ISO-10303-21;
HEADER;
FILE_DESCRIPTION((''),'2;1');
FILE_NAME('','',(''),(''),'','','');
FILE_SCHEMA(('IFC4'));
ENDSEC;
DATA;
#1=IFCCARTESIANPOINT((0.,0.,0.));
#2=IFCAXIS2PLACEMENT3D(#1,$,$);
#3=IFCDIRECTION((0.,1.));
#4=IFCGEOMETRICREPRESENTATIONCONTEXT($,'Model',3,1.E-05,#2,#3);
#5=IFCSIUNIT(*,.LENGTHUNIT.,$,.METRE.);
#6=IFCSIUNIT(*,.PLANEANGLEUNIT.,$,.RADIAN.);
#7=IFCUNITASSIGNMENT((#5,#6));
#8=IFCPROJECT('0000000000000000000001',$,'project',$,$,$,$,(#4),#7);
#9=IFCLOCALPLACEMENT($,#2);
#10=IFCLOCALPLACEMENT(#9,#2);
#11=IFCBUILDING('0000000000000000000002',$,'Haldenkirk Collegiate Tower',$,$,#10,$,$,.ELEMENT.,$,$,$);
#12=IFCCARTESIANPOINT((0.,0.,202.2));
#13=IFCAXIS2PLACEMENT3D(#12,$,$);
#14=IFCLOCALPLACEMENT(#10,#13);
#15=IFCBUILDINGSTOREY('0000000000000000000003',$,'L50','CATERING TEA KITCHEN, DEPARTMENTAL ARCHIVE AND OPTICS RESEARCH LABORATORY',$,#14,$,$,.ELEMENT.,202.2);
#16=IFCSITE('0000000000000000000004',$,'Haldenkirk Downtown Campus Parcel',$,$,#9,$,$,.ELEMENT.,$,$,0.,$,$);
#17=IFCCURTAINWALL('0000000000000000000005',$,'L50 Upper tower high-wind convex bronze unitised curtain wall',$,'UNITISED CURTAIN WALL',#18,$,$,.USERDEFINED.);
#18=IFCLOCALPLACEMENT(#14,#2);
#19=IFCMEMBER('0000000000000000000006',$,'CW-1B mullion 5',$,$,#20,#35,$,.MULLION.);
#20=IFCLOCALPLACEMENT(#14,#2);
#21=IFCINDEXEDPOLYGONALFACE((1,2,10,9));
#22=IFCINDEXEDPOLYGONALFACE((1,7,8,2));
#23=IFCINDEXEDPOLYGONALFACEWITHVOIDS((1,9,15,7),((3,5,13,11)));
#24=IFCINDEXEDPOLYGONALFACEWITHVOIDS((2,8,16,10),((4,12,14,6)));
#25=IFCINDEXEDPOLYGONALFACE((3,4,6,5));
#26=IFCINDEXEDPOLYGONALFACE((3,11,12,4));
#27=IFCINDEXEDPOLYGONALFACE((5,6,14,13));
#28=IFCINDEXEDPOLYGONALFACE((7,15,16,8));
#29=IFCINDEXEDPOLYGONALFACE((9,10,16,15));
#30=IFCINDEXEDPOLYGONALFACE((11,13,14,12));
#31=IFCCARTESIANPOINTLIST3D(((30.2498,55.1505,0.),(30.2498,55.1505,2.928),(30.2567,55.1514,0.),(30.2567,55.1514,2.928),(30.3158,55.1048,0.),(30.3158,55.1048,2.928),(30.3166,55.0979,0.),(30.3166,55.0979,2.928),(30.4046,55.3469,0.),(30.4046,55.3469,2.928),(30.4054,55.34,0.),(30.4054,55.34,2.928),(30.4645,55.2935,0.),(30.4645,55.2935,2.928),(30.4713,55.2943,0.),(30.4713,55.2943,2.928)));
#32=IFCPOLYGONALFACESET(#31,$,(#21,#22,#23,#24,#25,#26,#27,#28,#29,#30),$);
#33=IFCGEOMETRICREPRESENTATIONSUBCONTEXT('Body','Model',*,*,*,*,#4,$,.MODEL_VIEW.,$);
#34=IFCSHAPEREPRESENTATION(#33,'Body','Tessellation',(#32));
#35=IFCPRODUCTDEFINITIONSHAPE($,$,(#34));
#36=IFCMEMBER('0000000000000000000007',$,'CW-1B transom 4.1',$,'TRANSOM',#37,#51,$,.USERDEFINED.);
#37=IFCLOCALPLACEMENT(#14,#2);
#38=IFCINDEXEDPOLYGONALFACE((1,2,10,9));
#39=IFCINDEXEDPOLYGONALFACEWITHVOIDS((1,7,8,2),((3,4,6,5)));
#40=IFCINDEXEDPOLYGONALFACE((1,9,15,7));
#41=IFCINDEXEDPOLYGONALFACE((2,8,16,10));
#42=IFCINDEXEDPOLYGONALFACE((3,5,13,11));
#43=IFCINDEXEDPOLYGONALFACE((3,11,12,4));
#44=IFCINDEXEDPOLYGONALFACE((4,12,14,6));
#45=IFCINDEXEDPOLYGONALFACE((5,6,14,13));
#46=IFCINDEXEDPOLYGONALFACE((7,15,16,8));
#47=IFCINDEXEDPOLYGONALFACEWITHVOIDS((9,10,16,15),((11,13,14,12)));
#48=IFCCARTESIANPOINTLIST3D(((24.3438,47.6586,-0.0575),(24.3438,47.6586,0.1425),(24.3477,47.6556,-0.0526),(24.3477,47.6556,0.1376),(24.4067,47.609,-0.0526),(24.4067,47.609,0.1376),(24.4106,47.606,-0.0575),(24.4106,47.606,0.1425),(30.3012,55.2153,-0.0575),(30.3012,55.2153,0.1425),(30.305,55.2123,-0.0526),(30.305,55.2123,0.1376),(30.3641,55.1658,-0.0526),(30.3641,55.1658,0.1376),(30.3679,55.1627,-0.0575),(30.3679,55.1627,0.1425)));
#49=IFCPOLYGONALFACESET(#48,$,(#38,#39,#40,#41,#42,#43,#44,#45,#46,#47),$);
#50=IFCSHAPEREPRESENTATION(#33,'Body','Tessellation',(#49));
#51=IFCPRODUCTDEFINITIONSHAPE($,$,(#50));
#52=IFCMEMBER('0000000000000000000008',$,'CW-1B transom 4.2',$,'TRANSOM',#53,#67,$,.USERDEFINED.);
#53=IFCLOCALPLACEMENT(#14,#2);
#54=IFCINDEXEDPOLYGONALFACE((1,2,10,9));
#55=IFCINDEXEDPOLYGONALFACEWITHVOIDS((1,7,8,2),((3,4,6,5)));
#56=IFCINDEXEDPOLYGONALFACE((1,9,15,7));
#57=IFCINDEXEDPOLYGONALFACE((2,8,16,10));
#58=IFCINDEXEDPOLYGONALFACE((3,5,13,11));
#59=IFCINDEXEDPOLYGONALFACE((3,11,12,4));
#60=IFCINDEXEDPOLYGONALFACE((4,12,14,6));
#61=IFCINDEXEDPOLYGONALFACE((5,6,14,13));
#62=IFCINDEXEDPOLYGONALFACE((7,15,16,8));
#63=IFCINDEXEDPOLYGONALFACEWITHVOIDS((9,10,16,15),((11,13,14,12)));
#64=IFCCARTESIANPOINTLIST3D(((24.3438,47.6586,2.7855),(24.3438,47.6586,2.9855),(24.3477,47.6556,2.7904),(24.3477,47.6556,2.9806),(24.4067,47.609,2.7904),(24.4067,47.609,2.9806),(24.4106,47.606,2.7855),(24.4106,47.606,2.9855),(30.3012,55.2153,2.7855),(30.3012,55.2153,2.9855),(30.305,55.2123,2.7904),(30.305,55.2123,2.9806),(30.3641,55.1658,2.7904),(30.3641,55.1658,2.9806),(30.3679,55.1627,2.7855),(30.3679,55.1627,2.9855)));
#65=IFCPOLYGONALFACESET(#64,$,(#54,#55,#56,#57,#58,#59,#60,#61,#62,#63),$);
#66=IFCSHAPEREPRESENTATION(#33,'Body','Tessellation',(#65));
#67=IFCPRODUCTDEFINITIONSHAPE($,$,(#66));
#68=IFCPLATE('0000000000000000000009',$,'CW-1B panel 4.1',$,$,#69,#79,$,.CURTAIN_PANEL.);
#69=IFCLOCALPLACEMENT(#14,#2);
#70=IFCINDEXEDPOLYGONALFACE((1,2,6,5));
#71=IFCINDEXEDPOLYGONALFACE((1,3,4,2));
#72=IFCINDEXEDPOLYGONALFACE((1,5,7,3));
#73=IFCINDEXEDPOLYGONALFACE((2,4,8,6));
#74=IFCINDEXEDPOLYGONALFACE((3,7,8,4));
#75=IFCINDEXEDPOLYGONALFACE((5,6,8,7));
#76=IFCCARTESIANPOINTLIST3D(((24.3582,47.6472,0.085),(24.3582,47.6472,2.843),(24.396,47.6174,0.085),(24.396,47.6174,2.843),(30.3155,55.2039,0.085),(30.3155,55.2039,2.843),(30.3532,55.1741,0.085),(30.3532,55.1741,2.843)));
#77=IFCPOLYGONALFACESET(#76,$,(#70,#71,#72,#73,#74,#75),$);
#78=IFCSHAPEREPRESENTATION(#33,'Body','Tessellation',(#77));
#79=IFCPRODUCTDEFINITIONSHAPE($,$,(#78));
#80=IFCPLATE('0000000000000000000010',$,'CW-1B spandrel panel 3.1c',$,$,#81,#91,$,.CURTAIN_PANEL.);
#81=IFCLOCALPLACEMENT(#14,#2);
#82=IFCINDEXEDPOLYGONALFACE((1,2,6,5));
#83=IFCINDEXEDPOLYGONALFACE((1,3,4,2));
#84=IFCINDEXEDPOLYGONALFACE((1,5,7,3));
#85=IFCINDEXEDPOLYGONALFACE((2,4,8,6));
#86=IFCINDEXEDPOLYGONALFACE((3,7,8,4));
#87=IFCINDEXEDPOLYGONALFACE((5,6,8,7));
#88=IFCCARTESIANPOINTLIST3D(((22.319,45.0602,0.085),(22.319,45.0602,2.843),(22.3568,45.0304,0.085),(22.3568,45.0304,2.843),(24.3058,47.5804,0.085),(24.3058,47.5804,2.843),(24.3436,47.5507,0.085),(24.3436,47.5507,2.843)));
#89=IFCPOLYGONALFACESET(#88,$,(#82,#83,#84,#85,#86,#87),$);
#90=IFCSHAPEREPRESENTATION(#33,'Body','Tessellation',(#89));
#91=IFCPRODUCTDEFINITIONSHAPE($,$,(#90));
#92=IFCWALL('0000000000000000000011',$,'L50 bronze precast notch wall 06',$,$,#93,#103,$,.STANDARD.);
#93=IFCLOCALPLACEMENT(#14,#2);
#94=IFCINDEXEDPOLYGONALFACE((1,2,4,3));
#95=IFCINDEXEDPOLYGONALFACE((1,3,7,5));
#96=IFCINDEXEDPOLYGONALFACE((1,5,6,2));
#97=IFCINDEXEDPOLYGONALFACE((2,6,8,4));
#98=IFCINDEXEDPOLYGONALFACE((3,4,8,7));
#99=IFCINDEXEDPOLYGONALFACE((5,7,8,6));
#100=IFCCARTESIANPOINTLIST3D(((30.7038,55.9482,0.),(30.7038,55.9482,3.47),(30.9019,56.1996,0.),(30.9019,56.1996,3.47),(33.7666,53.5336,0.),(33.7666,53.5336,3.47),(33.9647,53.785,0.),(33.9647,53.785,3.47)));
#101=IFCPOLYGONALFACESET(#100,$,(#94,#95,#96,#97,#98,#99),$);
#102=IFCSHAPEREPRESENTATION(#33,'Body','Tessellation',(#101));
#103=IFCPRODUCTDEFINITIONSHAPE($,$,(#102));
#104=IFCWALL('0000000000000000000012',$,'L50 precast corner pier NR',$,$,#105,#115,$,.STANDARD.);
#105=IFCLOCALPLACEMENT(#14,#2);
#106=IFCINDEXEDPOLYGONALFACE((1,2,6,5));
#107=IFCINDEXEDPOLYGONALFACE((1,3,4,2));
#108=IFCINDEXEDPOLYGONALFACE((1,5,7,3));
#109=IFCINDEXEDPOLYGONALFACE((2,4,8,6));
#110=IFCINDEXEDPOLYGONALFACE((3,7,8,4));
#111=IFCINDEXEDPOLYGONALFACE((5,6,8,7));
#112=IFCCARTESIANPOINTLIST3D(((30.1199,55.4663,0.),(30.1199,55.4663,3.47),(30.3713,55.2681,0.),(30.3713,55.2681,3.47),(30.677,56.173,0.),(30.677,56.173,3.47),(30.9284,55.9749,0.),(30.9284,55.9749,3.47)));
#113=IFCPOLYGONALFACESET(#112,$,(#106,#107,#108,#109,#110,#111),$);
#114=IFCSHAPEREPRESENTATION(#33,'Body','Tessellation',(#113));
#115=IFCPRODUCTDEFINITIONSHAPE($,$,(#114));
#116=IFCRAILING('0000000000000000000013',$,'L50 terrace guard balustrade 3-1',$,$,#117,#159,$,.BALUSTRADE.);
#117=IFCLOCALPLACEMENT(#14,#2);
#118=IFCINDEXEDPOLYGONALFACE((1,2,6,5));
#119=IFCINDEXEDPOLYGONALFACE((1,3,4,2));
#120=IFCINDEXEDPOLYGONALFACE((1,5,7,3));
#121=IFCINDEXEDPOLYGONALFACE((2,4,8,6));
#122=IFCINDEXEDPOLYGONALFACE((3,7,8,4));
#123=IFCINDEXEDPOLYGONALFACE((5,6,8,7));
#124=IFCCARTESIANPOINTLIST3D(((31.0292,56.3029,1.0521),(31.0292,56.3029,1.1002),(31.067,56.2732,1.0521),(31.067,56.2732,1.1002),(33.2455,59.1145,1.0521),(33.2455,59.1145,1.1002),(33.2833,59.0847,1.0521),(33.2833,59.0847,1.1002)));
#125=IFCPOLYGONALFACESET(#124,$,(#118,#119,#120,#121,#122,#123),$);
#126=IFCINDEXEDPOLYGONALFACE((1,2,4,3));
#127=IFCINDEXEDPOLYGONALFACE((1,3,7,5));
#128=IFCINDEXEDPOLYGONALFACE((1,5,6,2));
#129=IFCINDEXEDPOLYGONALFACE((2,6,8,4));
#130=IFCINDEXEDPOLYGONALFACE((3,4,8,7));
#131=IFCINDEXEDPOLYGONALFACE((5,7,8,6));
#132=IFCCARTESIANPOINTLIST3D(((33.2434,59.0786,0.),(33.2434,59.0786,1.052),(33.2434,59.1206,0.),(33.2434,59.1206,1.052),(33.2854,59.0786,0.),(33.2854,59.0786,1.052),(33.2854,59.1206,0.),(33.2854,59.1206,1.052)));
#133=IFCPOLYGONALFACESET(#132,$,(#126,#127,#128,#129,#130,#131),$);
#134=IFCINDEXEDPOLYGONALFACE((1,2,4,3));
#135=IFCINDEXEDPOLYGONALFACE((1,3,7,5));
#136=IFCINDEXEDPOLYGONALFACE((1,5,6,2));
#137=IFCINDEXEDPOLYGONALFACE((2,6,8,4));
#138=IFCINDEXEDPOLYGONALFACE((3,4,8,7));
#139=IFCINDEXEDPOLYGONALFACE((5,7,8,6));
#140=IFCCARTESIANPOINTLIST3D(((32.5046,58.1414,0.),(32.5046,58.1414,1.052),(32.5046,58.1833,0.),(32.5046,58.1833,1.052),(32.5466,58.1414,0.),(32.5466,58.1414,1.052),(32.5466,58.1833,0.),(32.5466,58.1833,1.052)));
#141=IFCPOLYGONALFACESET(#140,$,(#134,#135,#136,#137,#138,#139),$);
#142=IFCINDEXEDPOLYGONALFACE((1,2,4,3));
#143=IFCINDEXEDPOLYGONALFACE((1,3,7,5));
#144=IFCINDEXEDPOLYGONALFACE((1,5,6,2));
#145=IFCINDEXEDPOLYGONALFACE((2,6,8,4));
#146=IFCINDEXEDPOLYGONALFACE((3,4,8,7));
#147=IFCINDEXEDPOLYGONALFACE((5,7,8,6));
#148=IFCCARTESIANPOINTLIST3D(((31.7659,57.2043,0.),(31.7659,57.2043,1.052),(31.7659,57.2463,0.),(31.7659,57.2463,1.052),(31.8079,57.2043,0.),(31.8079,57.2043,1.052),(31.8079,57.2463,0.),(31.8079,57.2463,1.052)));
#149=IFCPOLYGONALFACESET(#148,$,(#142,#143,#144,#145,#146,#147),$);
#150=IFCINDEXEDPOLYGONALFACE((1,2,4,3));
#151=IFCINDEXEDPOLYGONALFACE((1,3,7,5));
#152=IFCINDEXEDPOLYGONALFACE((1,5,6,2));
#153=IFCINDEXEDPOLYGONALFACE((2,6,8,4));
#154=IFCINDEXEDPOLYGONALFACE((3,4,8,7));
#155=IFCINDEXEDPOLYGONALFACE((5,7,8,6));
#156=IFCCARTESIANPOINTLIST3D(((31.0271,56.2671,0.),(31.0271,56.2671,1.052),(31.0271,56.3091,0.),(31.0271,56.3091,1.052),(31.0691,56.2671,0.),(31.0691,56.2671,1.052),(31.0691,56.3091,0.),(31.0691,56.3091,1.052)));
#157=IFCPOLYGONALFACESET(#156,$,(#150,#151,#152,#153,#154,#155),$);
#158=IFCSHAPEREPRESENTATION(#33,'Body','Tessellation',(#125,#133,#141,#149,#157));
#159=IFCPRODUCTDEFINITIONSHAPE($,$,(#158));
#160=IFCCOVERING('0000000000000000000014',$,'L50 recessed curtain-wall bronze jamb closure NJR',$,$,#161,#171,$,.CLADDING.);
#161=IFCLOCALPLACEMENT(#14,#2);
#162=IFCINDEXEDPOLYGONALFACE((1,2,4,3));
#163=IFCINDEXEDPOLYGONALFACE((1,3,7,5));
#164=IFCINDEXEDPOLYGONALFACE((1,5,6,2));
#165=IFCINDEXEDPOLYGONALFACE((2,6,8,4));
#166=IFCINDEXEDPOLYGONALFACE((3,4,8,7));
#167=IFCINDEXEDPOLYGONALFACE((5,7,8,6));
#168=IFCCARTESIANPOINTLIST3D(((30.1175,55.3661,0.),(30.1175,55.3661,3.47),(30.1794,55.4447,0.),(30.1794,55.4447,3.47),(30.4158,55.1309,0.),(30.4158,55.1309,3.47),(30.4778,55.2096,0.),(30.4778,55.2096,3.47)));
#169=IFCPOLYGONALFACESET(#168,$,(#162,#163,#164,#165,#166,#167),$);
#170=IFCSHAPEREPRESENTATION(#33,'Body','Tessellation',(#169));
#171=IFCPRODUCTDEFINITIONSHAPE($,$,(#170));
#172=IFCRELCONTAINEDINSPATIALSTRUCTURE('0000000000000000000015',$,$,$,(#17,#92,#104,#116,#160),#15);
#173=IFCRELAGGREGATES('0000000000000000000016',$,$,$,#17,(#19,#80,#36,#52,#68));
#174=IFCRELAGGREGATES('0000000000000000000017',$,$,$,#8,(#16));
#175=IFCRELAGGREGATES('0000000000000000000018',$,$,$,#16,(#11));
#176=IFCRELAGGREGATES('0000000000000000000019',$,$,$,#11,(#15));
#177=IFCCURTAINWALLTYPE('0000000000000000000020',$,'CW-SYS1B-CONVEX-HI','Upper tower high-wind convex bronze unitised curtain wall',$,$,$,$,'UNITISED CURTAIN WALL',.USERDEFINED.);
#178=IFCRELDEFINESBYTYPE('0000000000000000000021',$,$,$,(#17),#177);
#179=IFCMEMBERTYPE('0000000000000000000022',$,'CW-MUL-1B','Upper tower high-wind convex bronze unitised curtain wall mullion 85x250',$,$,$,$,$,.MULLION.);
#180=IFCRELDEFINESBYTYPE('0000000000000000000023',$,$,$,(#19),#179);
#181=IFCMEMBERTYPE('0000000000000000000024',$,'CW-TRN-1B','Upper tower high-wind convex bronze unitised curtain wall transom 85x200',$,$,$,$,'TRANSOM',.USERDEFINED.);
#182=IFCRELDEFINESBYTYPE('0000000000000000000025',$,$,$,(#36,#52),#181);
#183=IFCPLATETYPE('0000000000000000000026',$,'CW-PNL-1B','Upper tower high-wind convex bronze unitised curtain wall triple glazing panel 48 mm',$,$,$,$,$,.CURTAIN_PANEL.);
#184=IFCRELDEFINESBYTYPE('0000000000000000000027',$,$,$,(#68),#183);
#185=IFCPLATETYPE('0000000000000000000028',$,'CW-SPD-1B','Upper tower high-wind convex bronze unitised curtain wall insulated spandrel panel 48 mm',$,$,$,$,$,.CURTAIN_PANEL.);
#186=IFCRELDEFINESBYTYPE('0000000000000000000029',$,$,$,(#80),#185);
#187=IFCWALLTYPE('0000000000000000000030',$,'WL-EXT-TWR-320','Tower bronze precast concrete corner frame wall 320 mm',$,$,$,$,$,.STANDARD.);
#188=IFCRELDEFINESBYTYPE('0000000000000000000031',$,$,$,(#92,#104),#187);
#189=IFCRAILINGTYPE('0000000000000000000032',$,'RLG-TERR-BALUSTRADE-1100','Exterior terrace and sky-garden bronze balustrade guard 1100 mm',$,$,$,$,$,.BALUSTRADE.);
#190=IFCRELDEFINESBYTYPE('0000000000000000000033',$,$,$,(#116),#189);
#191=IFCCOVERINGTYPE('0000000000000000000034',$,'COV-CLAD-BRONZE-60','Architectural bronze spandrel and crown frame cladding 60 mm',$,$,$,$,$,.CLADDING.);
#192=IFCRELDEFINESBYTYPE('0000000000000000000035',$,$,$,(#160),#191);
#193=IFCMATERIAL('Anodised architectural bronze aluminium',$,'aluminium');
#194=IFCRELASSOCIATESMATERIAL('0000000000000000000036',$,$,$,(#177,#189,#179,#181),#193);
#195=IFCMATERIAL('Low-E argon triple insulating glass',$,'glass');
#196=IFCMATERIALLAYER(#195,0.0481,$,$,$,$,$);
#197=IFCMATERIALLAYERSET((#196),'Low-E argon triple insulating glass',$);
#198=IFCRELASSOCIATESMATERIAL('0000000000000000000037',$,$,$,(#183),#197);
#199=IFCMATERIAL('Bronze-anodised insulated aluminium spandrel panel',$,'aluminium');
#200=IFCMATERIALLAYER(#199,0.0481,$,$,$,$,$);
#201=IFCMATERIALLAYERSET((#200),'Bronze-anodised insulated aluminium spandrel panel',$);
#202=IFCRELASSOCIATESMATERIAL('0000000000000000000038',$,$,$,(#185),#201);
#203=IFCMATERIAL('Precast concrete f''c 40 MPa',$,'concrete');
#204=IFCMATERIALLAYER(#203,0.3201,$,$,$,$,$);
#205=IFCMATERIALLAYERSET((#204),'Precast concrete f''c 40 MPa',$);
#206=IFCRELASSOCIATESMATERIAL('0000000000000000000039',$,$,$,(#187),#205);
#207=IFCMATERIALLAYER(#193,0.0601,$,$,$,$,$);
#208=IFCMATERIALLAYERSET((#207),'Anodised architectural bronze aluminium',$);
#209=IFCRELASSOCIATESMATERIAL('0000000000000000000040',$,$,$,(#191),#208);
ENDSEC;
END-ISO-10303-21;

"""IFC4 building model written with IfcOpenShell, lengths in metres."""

from ifc_helpers import new_model, si_unit, direction, frame, frame_2d, origin, origin_2d, place, context, subcontext, project, spatial, rectangle, hollow_rectangle, extrude, source, transform, mapped, material, layer, layer_set, material_profile, profile_set, type_object, element, aggregate, save


model = new_model("IFC4")

# Units and contexts
model_context = context("Model", 3, precision=1e-05, world=origin(), true_north=direction((0.0, 1.0)))
body_context = subcontext(model_context, "Body", "Model", "MODEL_VIEW")
ifc_project = project(units=[si_unit("LENGTHUNIT", "METRE"), si_unit("PLANEANGLEUNIT", "RADIAN")], contexts=[model_context])

# Site, building, storey
site_placement = place(None, origin())
site = spatial("IfcSite", under=ifc_project, at=site_placement, Name="Haldenkirk Downtown Campus Parcel", CompositionType="ELEMENT", RefElevation=0.0)
building_placement = place(site_placement, origin())
building = spatial("IfcBuilding", under=site, at=building_placement, Name="Haldenkirk Collegiate Tower", CompositionType="ELEMENT")
storey_placement = place(building_placement, frame((0.0, 0.0, 202.2)))
storey = spatial("IfcBuildingStorey", under=building, at=storey_placement, Name="L50", Description="CATERING TEA KITCHEN, DEPARTMENTAL ARCHIVE AND OPTICS RESEARCH LABORATORY", CompositionType="ELEMENT", Elevation=202.2)

# Curtain wall, members, plates
ifc_material_1 = material(Name="Anodised architectural bronze aluminium", Category="aluminium")
curtain_wall_type = type_object("IfcCurtainWallType", Name="CW-SYS1B-CONVEX-HI", Description="Upper tower high-wind convex bronze unitised curtain wall", ElementType="UNITISED CURTAIN WALL", PredefinedType="USERDEFINED", material=ifc_material_1)
curtain_wall_placement = place(storey_placement, origin())
curtain_wall = element("IfcCurtainWall", 1, at=curtain_wall_placement, inside=storey, type_object=curtain_wall_type, Name="L50 Upper tower high-wind convex bronze unitised curtain wall", ObjectType="UNITISED CURTAIN WALL", PredefinedType="USERDEFINED")
ifc_material_profile_1 = material_profile(ifc_material_1, hollow_rectangle(XDim=0.085, YDim=0.25, WallThickness=0.0049, at=origin_2d()), Name="CW-MUL-1B")
ifc_profile_set_1 = profile_set([ifc_material_profile_1], Name="Anodised architectural bronze aluminium")
member_type_1 = type_object("IfcMemberType", Name="CW-MUL-1B", Description="Upper tower high-wind convex bronze unitised curtain wall mullion 85x250", PredefinedType="MULLION", material=ifc_profile_set_1)
member_1_placement = place(storey_placement, frame((30.3606, 55.2224, 0.0), z_axis=(0.0, 0.0, 1.0), x_axis=(-0.785317, 0.619094, 0.0)))
member_1 = element("IfcMember", 2, at=member_1_placement, type_object=member_type_1, Name="CW-1B mullion 5", PredefinedType="MULLION", context=body_context, shape_type="SweptSolid", body=[
    extrude(hollow_rectangle(XDim=0.085, YDim=0.25, WallThickness=0.0049, at=origin_2d()), origin(), (0.0, 0.0, 1.0), 2.928),
])
ifc_material_profile_2 = material_profile(ifc_material_1, hollow_rectangle(XDim=0.085, YDim=0.2, WallThickness=0.0049, at=origin_2d()), Name="CW-TRN-1B")
ifc_profile_set_2 = profile_set([ifc_material_profile_2], Name="Anodised architectural bronze aluminium")
member_type_2 = type_object("IfcMemberType", Name="CW-TRN-1B", Description="Upper tower high-wind convex bronze unitised curtain wall transom 85x200", ElementType="TRANSOM", PredefinedType="USERDEFINED", material=ifc_profile_set_2)
member_2_placement = place(storey_placement, frame((24.3772, 47.6323, 0.0425), z_axis=(0.6191, 0.785312, 0.0), x_axis=(-0.785312, 0.6191, 0.0)))
member_2 = element("IfcMember", 3, at=member_2_placement, type_object=member_type_2, Name="CW-1B transom 4.1", ObjectType="TRANSOM", PredefinedType="USERDEFINED", context=body_context, shape_type="SweptSolid", body=[
    extrude(hollow_rectangle(XDim=0.085, YDim=0.2, WallThickness=0.0049, at=origin_2d()), origin(), (0.0, 0.0, 1.0), 9.6226),
])
member_3_placement = place(storey_placement, frame((24.3772, 47.6323, 2.8855), z_axis=(0.6191, 0.785312, 0.0), x_axis=(-0.785312, 0.6191, 0.0)))
member_3 = element("IfcMember", 4, at=member_3_placement, type_object=member_type_2, Name="CW-1B transom 4.2", ObjectType="TRANSOM", PredefinedType="USERDEFINED", context=body_context, shape_type="SweptSolid", body=[
    extrude(hollow_rectangle(XDim=0.085, YDim=0.2, WallThickness=0.0049, at=origin_2d()), origin(), (0.0, 0.0, 1.0), 9.6226),
])
ifc_material_2 = material(Name="Low-E argon triple insulating glass", Category="glass")
ifc_layer_1 = layer(ifc_material_2, 0.0481)
ifc_layer_set_1 = layer_set([ifc_layer_1], Name="Low-E argon triple insulating glass")
plate_type_1 = type_object("IfcPlateType", Name="CW-PNL-1B", Description="Upper tower high-wind convex bronze unitised curtain wall triple glazing panel 48 mm", PredefinedType="CURTAIN_PANEL", material=ifc_layer_set_1)
shared_shape_1 = source(origin(), body_context, "Body", "SweptSolid", [
    extrude(rectangle(XDim=9.6226, YDim=0.0481, at=origin_2d()), origin(), (0.0, 0.0, 1.0), 2.7581),
])
plate_1_placement = place(storey_placement, frame((27.3557, 51.4106, 0.085), z_axis=(0.0, 0.0, 1.0), x_axis=(0.619094, 0.785317, 0.0)))
plate_1 = element("IfcPlate", 5, at=plate_1_placement, type_object=plate_type_1, Name="CW-1B panel 4.1", PredefinedType="CURTAIN_PANEL", context=body_context, shape_type="MappedRepresentation", body=[
    mapped(shared_shape_1, transform((0.0, 0.0, 0.0), x_axis=(1.0, 0.0, 0.0), y_axis=(0.0, 1.0, 0.0), z_axis=(0.0, 0.0, 1.0), scale=1.0)),
])
ifc_material_3 = material(Name="Bronze-anodised insulated aluminium spandrel panel", Category="aluminium")
ifc_layer_2 = layer(ifc_material_3, 0.0481)
ifc_layer_set_2 = layer_set([ifc_layer_2], Name="Bronze-anodised insulated aluminium spandrel panel")
plate_type_2 = type_object("IfcPlateType", Name="CW-SPD-1B", Description="Upper tower high-wind convex bronze unitised curtain wall insulated spandrel panel 48 mm", PredefinedType="CURTAIN_PANEL", material=ifc_layer_set_2)
shared_shape_2 = source(origin(), body_context, "Body", "SweptSolid", [
    extrude(rectangle(XDim=3.2092, YDim=0.0481, at=origin_2d()), origin(), (0.0, 0.0, 1.0), 2.7581),
])
plate_2_placement = place(storey_placement, frame((23.3313, 46.3054, 0.085), z_axis=(0.0, 0.0, 1.0), x_axis=(0.619094, 0.785317, 0.0)))
plate_2 = element("IfcPlate", 6, at=plate_2_placement, type_object=plate_type_2, Name="CW-1B spandrel panel 3.1c", PredefinedType="CURTAIN_PANEL", context=body_context, shape_type="MappedRepresentation", body=[
    mapped(shared_shape_2, transform((0.0, 0.0, 0.0), x_axis=(1.0, 0.0, 0.0), y_axis=(0.0, 1.0, 0.0), z_axis=(0.0, 0.0, 1.0), scale=1.0)),
])
aggregate(curtain_wall, [member_1, plate_2, member_2, member_3, plate_1])

# Walls
ifc_material_4 = material(Name="Precast concrete f'c 40 MPa", Category="concrete")
ifc_layer_3 = layer(ifc_material_4, 0.3201)
ifc_layer_set_3 = layer_set([ifc_layer_3], Name="Precast concrete f'c 40 MPa")
wall_type = type_object("IfcWallType", Name="WL-EXT-TWR-320", Description="Tower bronze precast concrete corner frame wall 320 mm", PredefinedType="STANDARD", material=ifc_layer_set_3)
wall_1_placement = place(storey_placement, frame((30.8027, 56.074, 0.0), z_axis=(0.0, 0.0, 1.0), x_axis=(0.785307, -0.619106, 0.0)))
element("IfcWall", 7, at=wall_1_placement, inside=storey, type_object=wall_type, Name="L50 bronze precast notch wall 06", PredefinedType="STANDARD", context=body_context, shape_type="SweptSolid", body=[
    extrude(rectangle(XDim=3.9001, YDim=0.3201, at=frame_2d((1.9502, 0.0))), origin(), (0.0, 0.0, 1.0), 3.47),
])
wall_2_placement = place(storey_placement, frame((30.2456, 55.3672, 0.0), z_axis=(0.0, 0.0, 1.0), x_axis=(0.619055, 0.785348, 0.0)))
element("IfcWall", 8, at=wall_2_placement, inside=storey, type_object=wall_type, Name="L50 precast corner pier NR", PredefinedType="STANDARD", context=body_context, shape_type="SweptSolid", body=[
    extrude(rectangle(XDim=0.8999, YDim=0.3201, at=frame_2d((0.45, 0.0))), origin(), (0.0, 0.0, 1.0), 3.47),
])

# Railing
railing_type = type_object("IfcRailingType", Name="RLG-TERR-BALUSTRADE-1100", Description="Exterior terrace and sky-garden bronze balustrade guard 1100 mm", PredefinedType="BALUSTRADE", material=ifc_material_1)
railing_placement = place(storey_placement, frame((33.2644, 59.0996, 0.0)))
element("IfcRailing", 9, at=railing_placement, inside=storey, type_object=railing_type, Name="L50 terrace guard balustrade 3-1", PredefinedType="BALUSTRADE", context=body_context, shape_type="SweptSolid", body=[
    extrude(rectangle(XDim=0.0481, YDim=0.0481, at=origin_2d()), frame((0.0, 0.0, 1.0762), z_axis=(-0.619074, -0.785333, 0.0), x_axis=(0.785333, -0.619074, 0.0)), (0.0, 0.0, 1.0), 3.5801),
    extrude(rectangle(XDim=0.042, YDim=0.042, at=origin_2d()), origin(), (0.0, 0.0, 1.0), 1.052),
    extrude(rectangle(XDim=0.042, YDim=0.042, at=origin_2d()), frame((-0.7388, -0.9373, 0.0)), (0.0, 0.0, 1.0), 1.052),
    extrude(rectangle(XDim=0.042, YDim=0.042, at=origin_2d()), frame((-1.4775, -1.8743, 0.0)), (0.0, 0.0, 1.0), 1.052),
    extrude(rectangle(XDim=0.042, YDim=0.042, at=origin_2d()), frame((-2.2163, -2.8115, 0.0)), (0.0, 0.0, 1.0), 1.052),
])

# Covering
ifc_layer_4 = layer(ifc_material_1, 0.0601)
ifc_layer_set_4 = layer_set([ifc_layer_4], Name="Anodised architectural bronze aluminium")
covering_type = type_object("IfcCoveringType", Name="COV-CLAD-BRONZE-60", Description="Architectural bronze spandrel and crown frame cladding 60 mm", PredefinedType="CLADDING", material=ifc_layer_set_4)
shared_shape_3 = source(origin(), body_context, "Body", "SweptSolid", [
    extrude(rectangle(XDim=0.1001, YDim=0.3799, at=origin_2d()), origin(), (0.0, 0.0, 1.0), 3.47),
])
covering_placement = place(storey_placement, frame((30.2976, 55.2878, 0.0), z_axis=(0.0, 0.0, 1.0), x_axis=(0.619094, 0.785317, 0.0)))
element("IfcCovering", 10, at=covering_placement, inside=storey, type_object=covering_type, Name="L50 recessed curtain-wall bronze jamb closure NJR", PredefinedType="CLADDING", context=body_context, shape_type="MappedRepresentation", body=[
    mapped(shared_shape_3, transform((0.0, 0.0, 0.0), x_axis=(1.0, 0.0, 0.0), y_axis=(0.0, 1.0, 0.0), z_axis=(0.0, 0.0, 1.0), scale=1.0)),
])

save(model, "model.ifc")
